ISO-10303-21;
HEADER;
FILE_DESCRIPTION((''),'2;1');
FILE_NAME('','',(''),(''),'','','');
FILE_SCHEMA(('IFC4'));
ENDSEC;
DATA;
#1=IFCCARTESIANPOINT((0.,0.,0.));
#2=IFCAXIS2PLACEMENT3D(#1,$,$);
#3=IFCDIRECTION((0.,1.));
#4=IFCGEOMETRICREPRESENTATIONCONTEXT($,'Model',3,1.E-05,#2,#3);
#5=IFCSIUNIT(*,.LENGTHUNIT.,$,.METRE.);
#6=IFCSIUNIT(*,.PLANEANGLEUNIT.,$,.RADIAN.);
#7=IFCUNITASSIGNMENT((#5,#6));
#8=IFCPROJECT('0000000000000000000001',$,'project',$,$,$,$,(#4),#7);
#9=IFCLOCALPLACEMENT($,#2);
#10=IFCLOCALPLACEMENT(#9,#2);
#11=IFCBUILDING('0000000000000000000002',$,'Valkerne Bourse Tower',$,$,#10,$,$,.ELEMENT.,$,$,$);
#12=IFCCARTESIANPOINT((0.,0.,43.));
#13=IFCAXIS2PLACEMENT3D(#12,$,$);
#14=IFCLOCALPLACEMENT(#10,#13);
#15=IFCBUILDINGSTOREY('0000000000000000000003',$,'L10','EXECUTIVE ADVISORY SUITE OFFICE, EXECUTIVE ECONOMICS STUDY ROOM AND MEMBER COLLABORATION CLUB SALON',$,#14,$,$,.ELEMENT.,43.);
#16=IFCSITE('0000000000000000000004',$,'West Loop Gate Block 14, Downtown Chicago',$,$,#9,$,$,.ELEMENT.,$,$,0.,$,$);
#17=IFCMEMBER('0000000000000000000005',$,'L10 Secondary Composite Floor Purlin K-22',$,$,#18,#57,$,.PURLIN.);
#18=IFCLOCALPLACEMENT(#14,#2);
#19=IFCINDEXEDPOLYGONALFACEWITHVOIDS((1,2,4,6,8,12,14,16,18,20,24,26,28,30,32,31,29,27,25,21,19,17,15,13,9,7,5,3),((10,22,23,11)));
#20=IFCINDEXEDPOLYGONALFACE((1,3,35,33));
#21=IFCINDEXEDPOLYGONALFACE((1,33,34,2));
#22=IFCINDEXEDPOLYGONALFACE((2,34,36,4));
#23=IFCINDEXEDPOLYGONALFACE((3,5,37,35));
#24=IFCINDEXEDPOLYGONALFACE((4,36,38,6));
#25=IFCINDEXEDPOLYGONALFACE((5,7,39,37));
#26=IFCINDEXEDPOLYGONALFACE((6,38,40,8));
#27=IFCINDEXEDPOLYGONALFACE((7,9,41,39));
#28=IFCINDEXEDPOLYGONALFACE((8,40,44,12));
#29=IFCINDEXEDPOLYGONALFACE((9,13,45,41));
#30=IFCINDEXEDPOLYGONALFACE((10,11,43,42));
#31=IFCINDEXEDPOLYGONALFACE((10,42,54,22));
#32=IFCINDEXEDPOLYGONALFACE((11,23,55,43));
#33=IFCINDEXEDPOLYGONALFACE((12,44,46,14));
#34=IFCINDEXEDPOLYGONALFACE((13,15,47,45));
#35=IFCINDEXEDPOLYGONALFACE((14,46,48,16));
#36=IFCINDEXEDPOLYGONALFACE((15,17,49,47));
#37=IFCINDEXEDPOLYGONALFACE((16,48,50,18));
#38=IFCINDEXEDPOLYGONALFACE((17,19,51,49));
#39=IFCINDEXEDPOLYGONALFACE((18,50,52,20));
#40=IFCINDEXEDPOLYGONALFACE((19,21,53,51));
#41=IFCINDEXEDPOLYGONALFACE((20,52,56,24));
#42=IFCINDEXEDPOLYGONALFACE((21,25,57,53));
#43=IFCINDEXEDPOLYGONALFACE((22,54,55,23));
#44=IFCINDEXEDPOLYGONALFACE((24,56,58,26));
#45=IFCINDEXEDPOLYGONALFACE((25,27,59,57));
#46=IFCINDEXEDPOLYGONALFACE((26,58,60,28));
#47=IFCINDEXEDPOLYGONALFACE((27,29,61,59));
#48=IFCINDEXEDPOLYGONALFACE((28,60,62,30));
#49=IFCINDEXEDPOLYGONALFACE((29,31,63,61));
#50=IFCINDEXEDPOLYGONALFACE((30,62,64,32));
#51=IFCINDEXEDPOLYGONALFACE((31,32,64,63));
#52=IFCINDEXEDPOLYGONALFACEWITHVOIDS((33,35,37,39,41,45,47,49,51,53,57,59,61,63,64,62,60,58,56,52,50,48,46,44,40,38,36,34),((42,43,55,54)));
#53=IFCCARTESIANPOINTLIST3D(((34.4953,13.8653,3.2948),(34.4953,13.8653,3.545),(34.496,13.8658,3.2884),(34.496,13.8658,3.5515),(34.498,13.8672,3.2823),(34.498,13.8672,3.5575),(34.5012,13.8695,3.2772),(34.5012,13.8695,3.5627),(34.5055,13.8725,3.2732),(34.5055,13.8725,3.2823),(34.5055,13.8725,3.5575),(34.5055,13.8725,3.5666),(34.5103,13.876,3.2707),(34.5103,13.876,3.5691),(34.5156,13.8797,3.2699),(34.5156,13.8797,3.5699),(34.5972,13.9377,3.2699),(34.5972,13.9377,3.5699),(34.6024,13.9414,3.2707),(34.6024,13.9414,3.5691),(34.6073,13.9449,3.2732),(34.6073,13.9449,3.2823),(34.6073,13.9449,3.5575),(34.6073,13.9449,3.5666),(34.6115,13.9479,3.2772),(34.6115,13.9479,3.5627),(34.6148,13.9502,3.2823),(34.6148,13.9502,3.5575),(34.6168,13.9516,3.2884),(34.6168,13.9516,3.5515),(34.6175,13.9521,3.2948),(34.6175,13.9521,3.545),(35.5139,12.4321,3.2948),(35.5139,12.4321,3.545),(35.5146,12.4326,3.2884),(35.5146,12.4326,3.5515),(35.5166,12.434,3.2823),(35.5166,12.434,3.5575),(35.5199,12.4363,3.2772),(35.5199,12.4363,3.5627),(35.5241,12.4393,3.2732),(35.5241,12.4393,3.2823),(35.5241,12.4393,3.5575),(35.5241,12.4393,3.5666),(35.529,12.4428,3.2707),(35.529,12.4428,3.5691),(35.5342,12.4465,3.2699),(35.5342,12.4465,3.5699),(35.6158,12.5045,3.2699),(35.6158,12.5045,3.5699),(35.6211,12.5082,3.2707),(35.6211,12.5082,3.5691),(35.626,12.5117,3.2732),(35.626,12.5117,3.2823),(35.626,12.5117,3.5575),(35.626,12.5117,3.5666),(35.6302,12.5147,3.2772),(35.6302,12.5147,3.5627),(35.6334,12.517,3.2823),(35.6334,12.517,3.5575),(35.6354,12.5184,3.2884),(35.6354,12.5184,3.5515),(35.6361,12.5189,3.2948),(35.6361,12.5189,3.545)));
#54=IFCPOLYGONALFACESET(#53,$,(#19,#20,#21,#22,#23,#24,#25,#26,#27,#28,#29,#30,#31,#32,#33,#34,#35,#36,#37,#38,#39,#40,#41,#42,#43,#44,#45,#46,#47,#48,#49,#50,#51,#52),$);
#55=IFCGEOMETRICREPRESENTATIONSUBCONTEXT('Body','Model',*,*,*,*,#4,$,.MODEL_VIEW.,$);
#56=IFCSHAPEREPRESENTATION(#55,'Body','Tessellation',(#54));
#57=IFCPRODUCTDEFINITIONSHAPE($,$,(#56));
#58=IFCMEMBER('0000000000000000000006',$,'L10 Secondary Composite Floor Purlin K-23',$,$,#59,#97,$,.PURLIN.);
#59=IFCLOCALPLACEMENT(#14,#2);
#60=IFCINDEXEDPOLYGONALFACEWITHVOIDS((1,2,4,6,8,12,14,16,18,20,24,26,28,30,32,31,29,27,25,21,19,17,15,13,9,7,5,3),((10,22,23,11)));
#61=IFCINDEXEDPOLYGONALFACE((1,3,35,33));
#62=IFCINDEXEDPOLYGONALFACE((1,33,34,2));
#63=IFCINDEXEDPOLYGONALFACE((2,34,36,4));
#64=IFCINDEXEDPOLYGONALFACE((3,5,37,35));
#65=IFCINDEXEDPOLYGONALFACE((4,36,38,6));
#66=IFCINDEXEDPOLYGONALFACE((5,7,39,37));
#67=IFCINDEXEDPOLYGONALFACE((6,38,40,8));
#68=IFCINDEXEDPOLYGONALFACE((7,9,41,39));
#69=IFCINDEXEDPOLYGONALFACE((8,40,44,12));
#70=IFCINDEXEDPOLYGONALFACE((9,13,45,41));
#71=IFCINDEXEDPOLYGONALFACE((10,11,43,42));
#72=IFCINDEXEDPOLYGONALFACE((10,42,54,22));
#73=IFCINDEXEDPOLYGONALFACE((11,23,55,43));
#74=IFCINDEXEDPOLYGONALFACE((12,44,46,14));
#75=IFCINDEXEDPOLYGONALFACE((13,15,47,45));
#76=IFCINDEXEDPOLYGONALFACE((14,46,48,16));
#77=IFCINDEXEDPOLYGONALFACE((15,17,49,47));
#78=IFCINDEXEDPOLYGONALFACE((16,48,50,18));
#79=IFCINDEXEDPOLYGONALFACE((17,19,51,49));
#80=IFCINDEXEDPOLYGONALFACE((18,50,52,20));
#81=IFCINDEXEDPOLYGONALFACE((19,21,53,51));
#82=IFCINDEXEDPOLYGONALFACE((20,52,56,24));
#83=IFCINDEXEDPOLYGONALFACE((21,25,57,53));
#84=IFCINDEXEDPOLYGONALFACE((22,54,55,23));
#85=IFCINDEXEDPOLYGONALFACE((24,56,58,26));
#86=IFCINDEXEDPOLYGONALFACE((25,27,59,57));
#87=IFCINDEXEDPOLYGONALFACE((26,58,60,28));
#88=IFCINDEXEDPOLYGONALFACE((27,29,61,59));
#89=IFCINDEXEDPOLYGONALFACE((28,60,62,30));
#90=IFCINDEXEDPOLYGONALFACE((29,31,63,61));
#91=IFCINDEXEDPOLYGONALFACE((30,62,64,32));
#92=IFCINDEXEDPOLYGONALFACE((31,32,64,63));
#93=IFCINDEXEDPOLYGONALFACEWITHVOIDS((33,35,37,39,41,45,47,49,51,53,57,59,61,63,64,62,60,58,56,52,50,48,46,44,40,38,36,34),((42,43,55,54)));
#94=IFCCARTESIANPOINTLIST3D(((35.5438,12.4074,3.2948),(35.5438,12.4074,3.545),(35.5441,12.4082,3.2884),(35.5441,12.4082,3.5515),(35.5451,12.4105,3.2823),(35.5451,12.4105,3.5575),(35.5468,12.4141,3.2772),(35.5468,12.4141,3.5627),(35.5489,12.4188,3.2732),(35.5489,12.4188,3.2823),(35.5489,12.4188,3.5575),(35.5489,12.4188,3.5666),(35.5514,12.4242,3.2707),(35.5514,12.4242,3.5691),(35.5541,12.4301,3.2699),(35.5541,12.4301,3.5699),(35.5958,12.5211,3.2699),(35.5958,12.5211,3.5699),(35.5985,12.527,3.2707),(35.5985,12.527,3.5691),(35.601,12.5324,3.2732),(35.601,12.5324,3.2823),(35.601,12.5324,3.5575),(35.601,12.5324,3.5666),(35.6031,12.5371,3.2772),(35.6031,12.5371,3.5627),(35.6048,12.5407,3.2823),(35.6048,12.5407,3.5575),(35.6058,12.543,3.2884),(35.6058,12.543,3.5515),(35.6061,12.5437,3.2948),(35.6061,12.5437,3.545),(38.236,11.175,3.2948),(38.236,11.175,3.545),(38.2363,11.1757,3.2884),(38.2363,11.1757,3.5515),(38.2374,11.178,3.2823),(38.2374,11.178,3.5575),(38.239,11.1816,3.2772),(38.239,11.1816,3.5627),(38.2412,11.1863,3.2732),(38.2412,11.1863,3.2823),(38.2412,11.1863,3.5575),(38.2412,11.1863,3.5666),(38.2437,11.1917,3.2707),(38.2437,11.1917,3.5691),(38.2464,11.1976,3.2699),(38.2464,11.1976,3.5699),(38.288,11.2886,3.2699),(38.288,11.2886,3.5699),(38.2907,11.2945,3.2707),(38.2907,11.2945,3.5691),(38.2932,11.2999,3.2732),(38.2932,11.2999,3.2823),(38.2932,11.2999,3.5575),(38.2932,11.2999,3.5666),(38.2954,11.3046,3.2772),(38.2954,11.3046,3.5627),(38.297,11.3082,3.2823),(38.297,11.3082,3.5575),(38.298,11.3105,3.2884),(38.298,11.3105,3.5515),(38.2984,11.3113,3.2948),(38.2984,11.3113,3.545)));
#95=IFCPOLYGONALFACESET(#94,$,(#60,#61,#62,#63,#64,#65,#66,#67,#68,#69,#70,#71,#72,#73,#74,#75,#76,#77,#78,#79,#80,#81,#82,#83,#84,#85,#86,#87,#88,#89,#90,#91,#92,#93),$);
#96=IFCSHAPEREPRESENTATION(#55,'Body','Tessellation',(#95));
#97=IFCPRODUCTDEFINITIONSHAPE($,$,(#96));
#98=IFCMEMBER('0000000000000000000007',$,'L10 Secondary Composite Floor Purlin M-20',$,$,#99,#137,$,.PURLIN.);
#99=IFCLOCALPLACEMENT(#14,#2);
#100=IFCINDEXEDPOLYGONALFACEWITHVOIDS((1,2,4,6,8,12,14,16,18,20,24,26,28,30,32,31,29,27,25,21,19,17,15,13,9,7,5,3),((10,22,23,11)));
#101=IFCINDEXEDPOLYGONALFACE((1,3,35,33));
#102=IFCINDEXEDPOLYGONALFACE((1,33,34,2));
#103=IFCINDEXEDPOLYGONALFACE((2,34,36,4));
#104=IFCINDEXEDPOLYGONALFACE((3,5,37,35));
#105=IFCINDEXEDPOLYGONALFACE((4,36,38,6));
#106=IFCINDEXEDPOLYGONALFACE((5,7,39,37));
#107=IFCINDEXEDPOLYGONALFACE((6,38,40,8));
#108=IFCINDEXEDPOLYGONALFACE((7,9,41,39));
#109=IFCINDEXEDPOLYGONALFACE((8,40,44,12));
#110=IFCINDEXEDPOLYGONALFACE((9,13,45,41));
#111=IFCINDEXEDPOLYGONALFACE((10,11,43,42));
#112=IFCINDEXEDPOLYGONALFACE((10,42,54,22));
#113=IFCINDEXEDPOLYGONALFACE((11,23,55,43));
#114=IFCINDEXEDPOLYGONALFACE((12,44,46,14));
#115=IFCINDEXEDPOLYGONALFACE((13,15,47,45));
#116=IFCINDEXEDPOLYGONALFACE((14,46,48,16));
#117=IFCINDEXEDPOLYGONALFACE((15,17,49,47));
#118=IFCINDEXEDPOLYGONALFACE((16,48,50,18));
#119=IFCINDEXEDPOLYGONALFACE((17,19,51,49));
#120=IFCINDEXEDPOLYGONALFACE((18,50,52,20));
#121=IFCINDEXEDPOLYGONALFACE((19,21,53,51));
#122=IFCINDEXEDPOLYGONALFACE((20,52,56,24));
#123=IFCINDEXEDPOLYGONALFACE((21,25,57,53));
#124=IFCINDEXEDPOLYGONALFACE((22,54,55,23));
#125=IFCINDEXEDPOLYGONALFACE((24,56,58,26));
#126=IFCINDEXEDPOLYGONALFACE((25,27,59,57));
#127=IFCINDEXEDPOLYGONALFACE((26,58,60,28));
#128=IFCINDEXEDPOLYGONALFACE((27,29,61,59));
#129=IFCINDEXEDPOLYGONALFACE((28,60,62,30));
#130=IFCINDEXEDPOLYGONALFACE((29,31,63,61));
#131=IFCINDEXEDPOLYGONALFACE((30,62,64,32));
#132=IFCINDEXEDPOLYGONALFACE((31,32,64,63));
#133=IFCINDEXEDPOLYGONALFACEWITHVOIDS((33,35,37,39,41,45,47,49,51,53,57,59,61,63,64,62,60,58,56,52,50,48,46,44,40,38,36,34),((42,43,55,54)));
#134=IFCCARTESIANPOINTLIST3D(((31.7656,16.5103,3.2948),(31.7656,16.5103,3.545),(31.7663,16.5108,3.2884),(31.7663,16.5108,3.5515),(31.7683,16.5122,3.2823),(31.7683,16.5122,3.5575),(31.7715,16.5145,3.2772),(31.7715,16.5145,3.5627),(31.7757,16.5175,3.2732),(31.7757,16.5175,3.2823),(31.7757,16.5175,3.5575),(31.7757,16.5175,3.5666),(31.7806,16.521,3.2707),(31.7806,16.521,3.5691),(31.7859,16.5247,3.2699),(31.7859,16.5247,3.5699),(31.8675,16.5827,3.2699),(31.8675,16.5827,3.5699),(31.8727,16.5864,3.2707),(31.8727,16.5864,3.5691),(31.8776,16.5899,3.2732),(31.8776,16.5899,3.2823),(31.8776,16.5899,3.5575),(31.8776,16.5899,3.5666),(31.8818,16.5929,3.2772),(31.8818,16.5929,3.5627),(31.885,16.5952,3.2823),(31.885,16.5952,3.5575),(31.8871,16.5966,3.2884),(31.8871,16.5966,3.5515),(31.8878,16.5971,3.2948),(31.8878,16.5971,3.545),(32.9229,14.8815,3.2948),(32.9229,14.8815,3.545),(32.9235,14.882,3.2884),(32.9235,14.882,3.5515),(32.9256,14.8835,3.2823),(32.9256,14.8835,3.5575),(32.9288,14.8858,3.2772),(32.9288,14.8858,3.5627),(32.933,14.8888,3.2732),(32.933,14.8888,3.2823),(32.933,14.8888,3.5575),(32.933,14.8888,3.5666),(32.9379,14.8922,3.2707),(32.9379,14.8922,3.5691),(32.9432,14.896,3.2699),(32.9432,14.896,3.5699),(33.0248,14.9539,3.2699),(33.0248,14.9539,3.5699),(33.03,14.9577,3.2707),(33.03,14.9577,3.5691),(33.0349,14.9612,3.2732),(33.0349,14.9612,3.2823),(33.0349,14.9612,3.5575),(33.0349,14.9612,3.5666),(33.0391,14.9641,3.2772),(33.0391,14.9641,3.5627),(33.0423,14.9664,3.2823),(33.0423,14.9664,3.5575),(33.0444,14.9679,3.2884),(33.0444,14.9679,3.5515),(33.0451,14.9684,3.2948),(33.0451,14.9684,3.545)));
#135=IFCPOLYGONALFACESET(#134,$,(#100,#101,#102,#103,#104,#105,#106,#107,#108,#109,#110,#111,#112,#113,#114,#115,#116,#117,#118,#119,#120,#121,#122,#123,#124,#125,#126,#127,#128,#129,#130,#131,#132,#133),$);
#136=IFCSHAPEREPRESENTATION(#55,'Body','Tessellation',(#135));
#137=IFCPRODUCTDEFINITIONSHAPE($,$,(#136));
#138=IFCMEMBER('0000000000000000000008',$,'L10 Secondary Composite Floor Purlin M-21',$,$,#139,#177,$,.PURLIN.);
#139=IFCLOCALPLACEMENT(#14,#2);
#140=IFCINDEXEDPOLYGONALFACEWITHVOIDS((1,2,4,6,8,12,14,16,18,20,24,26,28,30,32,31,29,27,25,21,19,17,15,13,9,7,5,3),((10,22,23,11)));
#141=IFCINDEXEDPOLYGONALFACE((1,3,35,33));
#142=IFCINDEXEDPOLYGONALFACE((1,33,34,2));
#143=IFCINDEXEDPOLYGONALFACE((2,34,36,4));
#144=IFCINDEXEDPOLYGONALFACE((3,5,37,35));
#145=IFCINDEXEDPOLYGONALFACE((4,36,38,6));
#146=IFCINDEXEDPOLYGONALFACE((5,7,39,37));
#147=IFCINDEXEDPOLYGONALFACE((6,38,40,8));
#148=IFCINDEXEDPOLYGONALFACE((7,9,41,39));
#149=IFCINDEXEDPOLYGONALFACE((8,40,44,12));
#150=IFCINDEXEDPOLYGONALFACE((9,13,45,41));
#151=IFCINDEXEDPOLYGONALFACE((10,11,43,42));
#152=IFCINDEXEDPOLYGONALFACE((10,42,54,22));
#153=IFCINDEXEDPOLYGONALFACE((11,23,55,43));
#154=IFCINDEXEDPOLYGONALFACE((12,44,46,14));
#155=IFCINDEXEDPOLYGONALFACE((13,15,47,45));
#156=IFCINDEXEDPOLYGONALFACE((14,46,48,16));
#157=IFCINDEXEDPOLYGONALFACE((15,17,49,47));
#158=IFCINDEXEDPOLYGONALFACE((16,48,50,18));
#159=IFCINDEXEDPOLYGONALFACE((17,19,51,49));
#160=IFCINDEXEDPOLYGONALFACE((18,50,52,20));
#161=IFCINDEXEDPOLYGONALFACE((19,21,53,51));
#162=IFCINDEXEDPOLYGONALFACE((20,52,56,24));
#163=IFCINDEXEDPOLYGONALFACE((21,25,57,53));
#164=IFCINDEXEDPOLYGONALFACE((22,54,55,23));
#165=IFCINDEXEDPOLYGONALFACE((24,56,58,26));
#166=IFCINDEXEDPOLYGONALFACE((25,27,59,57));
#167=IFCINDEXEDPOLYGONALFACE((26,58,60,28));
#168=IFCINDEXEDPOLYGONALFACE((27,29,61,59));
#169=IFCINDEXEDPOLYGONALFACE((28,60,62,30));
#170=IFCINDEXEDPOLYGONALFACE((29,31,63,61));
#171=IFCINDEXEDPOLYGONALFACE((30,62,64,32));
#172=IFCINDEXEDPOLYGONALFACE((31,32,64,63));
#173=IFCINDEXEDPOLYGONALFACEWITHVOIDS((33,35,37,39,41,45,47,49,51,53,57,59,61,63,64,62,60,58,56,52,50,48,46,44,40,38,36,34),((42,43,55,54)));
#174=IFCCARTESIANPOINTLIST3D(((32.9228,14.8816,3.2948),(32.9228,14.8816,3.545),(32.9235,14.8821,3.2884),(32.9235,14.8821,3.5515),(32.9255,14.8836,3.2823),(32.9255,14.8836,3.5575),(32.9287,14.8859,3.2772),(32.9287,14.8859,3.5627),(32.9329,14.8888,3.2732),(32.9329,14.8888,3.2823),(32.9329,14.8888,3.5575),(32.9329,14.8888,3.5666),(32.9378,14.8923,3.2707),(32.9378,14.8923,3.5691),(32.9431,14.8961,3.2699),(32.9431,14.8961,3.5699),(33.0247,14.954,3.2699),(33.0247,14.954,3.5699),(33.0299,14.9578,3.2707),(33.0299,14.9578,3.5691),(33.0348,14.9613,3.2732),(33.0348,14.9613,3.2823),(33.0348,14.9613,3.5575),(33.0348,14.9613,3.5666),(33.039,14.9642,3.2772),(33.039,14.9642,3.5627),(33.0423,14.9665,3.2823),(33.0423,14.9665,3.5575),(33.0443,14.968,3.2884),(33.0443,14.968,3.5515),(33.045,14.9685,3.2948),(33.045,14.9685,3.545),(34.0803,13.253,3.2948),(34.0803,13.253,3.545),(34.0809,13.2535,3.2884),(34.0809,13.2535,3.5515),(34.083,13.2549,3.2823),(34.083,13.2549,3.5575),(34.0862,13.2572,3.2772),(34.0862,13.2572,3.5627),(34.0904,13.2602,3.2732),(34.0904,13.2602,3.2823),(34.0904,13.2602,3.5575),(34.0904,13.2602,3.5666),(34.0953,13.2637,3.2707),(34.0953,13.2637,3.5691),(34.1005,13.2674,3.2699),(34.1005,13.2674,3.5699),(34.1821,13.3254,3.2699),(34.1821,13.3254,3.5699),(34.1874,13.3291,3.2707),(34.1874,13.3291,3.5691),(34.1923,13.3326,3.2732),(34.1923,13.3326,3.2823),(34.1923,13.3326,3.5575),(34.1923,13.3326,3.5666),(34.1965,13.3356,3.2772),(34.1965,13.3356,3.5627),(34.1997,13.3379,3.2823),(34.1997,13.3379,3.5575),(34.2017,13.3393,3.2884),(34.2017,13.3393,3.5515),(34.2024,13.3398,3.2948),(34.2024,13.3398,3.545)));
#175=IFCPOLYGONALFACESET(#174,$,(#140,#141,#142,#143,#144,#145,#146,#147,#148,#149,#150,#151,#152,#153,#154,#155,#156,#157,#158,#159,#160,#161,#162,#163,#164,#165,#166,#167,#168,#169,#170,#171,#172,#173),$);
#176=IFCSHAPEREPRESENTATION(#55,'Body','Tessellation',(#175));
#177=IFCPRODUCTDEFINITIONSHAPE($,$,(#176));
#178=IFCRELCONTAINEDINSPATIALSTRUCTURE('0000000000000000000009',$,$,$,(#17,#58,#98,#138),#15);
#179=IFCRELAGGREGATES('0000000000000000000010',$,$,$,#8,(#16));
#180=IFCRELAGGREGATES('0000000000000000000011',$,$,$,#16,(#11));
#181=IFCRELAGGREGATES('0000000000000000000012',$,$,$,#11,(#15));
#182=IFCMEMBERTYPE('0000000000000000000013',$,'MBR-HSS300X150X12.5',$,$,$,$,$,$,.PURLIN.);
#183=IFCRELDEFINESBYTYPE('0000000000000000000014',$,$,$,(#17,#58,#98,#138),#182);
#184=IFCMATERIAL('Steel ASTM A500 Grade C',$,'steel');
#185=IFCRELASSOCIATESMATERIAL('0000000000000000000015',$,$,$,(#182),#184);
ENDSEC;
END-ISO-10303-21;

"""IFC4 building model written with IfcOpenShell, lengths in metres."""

from ifc_helpers import new_model, si_unit, direction, frame, origin, origin_2d, place, context, subcontext, project, spatial, hollow_rectangle, extrude, material, material_profile, profile_set, type_object, element, save


model = new_model("IFC4")

# Units and contexts
model_context = context("Model", 3, precision=1e-05, world=origin(), true_north=direction((0.0, 1.0)))
body_context = subcontext(model_context, "Body", "Model", "MODEL_VIEW")
ifc_project = project(units=[si_unit("LENGTHUNIT", "METRE"), si_unit("PLANEANGLEUNIT", "RADIAN")], contexts=[model_context])

# Site, building, storey
site_placement = place(None, origin())
site = spatial("IfcSite", under=ifc_project, at=site_placement, Name="West Loop Gate Block 14, Downtown Chicago", CompositionType="ELEMENT", RefElevation=0.0)
building_placement = place(site_placement, origin())
building = spatial("IfcBuilding", under=site, at=building_placement, Name="Valkerne Bourse Tower", CompositionType="ELEMENT")
storey_placement = place(building_placement, frame((0.0, 0.0, 43.0)))
storey = spatial("IfcBuildingStorey", under=building, at=storey_placement, Name="L10", Description="EXECUTIVE ADVISORY SUITE OFFICE, EXECUTIVE ECONOMICS STUDY ROOM AND MEMBER COLLABORATION CLUB SALON", CompositionType="ELEMENT", Elevation=43.0)

# Members
ifc_material_1 = material(Name="Steel ASTM A500 Grade C", Category="steel")
ifc_material_profile_1 = material_profile(ifc_material_1, hollow_rectangle(XDim=0.1499, YDim=0.3, WallThickness=0.0125, OuterFilletRadius=0.0249, at=origin_2d()), Name="HSS300X150X12.5")
ifc_profile_set_1 = profile_set([ifc_material_profile_1], Name="Steel ASTM A500 Grade C")
member_type_1 = type_object("IfcMemberType", Name="MBR-HSS300X150X12.5", PredefinedType="PURLIN", material=ifc_profile_set_1)
for number, where, z_axis, x_axis, name in (
    (1, (34.5564, 13.9087, 3.4199), (0.579319, -0.815101, 0.0), (0.815101, 0.579319, 0.0), "L10 Secondary Composite Floor Purlin K-22"),
):
    element("IfcMember", number, at=place(storey_placement, frame(where, z_axis=z_axis, x_axis=x_axis)), inside=storey, type_object=member_type_1, Name=name, PredefinedType="PURLIN", context=body_context, shape_type="SweptSolid", body=[
        extrude(hollow_rectangle(XDim=0.1499, YDim=0.3, WallThickness=0.0125, OuterFilletRadius=0.0249, at=origin_2d()), origin(), (0.0, 0.0, 1.0), 1.7583),
    ])
member_1_placement = place(storey_placement, frame((35.575, 12.4756, 3.4199), z_axis=(0.909253, -0.416243, 0.0), x_axis=(0.416243, 0.909253, 0.0)))
element("IfcMember", 2, at=member_1_placement, inside=storey, type_object=member_type_1, Name="L10 Secondary Composite Floor Purlin K-23", PredefinedType="PURLIN", context=body_context, shape_type="SweptSolid", body=[
    extrude(hollow_rectangle(XDim=0.1499, YDim=0.3, WallThickness=0.0125, OuterFilletRadius=0.0249, at=origin_2d()), origin(), (0.0, 0.0, 1.0), 2.9609),
])
for number, where, z_axis, x_axis, name in (
    (3, (31.8267, 16.5537, 3.4199), (0.579214, -0.815176, 0.0), (0.815176, 0.579214, 0.0), "L10 Secondary Composite Floor Purlin M-20"),
    (4, (32.9839, 14.925, 3.4199), (0.579295, -0.815118, 0.0), (0.815118, 0.579295, 0.0), "L10 Secondary Composite Floor Purlin M-21"),
):
    element("IfcMember", number, at=place(storey_placement, frame(where, z_axis=z_axis, x_axis=x_axis)), inside=storey, type_object=member_type_1, Name=name, PredefinedType="PURLIN", context=body_context, shape_type="SweptSolid", body=[
        extrude(hollow_rectangle(XDim=0.1499, YDim=0.3, WallThickness=0.0125, OuterFilletRadius=0.0249, at=origin_2d()), origin(), (0.0, 0.0, 1.0), 1.998),
    ])

save(model, "model.ifc")
